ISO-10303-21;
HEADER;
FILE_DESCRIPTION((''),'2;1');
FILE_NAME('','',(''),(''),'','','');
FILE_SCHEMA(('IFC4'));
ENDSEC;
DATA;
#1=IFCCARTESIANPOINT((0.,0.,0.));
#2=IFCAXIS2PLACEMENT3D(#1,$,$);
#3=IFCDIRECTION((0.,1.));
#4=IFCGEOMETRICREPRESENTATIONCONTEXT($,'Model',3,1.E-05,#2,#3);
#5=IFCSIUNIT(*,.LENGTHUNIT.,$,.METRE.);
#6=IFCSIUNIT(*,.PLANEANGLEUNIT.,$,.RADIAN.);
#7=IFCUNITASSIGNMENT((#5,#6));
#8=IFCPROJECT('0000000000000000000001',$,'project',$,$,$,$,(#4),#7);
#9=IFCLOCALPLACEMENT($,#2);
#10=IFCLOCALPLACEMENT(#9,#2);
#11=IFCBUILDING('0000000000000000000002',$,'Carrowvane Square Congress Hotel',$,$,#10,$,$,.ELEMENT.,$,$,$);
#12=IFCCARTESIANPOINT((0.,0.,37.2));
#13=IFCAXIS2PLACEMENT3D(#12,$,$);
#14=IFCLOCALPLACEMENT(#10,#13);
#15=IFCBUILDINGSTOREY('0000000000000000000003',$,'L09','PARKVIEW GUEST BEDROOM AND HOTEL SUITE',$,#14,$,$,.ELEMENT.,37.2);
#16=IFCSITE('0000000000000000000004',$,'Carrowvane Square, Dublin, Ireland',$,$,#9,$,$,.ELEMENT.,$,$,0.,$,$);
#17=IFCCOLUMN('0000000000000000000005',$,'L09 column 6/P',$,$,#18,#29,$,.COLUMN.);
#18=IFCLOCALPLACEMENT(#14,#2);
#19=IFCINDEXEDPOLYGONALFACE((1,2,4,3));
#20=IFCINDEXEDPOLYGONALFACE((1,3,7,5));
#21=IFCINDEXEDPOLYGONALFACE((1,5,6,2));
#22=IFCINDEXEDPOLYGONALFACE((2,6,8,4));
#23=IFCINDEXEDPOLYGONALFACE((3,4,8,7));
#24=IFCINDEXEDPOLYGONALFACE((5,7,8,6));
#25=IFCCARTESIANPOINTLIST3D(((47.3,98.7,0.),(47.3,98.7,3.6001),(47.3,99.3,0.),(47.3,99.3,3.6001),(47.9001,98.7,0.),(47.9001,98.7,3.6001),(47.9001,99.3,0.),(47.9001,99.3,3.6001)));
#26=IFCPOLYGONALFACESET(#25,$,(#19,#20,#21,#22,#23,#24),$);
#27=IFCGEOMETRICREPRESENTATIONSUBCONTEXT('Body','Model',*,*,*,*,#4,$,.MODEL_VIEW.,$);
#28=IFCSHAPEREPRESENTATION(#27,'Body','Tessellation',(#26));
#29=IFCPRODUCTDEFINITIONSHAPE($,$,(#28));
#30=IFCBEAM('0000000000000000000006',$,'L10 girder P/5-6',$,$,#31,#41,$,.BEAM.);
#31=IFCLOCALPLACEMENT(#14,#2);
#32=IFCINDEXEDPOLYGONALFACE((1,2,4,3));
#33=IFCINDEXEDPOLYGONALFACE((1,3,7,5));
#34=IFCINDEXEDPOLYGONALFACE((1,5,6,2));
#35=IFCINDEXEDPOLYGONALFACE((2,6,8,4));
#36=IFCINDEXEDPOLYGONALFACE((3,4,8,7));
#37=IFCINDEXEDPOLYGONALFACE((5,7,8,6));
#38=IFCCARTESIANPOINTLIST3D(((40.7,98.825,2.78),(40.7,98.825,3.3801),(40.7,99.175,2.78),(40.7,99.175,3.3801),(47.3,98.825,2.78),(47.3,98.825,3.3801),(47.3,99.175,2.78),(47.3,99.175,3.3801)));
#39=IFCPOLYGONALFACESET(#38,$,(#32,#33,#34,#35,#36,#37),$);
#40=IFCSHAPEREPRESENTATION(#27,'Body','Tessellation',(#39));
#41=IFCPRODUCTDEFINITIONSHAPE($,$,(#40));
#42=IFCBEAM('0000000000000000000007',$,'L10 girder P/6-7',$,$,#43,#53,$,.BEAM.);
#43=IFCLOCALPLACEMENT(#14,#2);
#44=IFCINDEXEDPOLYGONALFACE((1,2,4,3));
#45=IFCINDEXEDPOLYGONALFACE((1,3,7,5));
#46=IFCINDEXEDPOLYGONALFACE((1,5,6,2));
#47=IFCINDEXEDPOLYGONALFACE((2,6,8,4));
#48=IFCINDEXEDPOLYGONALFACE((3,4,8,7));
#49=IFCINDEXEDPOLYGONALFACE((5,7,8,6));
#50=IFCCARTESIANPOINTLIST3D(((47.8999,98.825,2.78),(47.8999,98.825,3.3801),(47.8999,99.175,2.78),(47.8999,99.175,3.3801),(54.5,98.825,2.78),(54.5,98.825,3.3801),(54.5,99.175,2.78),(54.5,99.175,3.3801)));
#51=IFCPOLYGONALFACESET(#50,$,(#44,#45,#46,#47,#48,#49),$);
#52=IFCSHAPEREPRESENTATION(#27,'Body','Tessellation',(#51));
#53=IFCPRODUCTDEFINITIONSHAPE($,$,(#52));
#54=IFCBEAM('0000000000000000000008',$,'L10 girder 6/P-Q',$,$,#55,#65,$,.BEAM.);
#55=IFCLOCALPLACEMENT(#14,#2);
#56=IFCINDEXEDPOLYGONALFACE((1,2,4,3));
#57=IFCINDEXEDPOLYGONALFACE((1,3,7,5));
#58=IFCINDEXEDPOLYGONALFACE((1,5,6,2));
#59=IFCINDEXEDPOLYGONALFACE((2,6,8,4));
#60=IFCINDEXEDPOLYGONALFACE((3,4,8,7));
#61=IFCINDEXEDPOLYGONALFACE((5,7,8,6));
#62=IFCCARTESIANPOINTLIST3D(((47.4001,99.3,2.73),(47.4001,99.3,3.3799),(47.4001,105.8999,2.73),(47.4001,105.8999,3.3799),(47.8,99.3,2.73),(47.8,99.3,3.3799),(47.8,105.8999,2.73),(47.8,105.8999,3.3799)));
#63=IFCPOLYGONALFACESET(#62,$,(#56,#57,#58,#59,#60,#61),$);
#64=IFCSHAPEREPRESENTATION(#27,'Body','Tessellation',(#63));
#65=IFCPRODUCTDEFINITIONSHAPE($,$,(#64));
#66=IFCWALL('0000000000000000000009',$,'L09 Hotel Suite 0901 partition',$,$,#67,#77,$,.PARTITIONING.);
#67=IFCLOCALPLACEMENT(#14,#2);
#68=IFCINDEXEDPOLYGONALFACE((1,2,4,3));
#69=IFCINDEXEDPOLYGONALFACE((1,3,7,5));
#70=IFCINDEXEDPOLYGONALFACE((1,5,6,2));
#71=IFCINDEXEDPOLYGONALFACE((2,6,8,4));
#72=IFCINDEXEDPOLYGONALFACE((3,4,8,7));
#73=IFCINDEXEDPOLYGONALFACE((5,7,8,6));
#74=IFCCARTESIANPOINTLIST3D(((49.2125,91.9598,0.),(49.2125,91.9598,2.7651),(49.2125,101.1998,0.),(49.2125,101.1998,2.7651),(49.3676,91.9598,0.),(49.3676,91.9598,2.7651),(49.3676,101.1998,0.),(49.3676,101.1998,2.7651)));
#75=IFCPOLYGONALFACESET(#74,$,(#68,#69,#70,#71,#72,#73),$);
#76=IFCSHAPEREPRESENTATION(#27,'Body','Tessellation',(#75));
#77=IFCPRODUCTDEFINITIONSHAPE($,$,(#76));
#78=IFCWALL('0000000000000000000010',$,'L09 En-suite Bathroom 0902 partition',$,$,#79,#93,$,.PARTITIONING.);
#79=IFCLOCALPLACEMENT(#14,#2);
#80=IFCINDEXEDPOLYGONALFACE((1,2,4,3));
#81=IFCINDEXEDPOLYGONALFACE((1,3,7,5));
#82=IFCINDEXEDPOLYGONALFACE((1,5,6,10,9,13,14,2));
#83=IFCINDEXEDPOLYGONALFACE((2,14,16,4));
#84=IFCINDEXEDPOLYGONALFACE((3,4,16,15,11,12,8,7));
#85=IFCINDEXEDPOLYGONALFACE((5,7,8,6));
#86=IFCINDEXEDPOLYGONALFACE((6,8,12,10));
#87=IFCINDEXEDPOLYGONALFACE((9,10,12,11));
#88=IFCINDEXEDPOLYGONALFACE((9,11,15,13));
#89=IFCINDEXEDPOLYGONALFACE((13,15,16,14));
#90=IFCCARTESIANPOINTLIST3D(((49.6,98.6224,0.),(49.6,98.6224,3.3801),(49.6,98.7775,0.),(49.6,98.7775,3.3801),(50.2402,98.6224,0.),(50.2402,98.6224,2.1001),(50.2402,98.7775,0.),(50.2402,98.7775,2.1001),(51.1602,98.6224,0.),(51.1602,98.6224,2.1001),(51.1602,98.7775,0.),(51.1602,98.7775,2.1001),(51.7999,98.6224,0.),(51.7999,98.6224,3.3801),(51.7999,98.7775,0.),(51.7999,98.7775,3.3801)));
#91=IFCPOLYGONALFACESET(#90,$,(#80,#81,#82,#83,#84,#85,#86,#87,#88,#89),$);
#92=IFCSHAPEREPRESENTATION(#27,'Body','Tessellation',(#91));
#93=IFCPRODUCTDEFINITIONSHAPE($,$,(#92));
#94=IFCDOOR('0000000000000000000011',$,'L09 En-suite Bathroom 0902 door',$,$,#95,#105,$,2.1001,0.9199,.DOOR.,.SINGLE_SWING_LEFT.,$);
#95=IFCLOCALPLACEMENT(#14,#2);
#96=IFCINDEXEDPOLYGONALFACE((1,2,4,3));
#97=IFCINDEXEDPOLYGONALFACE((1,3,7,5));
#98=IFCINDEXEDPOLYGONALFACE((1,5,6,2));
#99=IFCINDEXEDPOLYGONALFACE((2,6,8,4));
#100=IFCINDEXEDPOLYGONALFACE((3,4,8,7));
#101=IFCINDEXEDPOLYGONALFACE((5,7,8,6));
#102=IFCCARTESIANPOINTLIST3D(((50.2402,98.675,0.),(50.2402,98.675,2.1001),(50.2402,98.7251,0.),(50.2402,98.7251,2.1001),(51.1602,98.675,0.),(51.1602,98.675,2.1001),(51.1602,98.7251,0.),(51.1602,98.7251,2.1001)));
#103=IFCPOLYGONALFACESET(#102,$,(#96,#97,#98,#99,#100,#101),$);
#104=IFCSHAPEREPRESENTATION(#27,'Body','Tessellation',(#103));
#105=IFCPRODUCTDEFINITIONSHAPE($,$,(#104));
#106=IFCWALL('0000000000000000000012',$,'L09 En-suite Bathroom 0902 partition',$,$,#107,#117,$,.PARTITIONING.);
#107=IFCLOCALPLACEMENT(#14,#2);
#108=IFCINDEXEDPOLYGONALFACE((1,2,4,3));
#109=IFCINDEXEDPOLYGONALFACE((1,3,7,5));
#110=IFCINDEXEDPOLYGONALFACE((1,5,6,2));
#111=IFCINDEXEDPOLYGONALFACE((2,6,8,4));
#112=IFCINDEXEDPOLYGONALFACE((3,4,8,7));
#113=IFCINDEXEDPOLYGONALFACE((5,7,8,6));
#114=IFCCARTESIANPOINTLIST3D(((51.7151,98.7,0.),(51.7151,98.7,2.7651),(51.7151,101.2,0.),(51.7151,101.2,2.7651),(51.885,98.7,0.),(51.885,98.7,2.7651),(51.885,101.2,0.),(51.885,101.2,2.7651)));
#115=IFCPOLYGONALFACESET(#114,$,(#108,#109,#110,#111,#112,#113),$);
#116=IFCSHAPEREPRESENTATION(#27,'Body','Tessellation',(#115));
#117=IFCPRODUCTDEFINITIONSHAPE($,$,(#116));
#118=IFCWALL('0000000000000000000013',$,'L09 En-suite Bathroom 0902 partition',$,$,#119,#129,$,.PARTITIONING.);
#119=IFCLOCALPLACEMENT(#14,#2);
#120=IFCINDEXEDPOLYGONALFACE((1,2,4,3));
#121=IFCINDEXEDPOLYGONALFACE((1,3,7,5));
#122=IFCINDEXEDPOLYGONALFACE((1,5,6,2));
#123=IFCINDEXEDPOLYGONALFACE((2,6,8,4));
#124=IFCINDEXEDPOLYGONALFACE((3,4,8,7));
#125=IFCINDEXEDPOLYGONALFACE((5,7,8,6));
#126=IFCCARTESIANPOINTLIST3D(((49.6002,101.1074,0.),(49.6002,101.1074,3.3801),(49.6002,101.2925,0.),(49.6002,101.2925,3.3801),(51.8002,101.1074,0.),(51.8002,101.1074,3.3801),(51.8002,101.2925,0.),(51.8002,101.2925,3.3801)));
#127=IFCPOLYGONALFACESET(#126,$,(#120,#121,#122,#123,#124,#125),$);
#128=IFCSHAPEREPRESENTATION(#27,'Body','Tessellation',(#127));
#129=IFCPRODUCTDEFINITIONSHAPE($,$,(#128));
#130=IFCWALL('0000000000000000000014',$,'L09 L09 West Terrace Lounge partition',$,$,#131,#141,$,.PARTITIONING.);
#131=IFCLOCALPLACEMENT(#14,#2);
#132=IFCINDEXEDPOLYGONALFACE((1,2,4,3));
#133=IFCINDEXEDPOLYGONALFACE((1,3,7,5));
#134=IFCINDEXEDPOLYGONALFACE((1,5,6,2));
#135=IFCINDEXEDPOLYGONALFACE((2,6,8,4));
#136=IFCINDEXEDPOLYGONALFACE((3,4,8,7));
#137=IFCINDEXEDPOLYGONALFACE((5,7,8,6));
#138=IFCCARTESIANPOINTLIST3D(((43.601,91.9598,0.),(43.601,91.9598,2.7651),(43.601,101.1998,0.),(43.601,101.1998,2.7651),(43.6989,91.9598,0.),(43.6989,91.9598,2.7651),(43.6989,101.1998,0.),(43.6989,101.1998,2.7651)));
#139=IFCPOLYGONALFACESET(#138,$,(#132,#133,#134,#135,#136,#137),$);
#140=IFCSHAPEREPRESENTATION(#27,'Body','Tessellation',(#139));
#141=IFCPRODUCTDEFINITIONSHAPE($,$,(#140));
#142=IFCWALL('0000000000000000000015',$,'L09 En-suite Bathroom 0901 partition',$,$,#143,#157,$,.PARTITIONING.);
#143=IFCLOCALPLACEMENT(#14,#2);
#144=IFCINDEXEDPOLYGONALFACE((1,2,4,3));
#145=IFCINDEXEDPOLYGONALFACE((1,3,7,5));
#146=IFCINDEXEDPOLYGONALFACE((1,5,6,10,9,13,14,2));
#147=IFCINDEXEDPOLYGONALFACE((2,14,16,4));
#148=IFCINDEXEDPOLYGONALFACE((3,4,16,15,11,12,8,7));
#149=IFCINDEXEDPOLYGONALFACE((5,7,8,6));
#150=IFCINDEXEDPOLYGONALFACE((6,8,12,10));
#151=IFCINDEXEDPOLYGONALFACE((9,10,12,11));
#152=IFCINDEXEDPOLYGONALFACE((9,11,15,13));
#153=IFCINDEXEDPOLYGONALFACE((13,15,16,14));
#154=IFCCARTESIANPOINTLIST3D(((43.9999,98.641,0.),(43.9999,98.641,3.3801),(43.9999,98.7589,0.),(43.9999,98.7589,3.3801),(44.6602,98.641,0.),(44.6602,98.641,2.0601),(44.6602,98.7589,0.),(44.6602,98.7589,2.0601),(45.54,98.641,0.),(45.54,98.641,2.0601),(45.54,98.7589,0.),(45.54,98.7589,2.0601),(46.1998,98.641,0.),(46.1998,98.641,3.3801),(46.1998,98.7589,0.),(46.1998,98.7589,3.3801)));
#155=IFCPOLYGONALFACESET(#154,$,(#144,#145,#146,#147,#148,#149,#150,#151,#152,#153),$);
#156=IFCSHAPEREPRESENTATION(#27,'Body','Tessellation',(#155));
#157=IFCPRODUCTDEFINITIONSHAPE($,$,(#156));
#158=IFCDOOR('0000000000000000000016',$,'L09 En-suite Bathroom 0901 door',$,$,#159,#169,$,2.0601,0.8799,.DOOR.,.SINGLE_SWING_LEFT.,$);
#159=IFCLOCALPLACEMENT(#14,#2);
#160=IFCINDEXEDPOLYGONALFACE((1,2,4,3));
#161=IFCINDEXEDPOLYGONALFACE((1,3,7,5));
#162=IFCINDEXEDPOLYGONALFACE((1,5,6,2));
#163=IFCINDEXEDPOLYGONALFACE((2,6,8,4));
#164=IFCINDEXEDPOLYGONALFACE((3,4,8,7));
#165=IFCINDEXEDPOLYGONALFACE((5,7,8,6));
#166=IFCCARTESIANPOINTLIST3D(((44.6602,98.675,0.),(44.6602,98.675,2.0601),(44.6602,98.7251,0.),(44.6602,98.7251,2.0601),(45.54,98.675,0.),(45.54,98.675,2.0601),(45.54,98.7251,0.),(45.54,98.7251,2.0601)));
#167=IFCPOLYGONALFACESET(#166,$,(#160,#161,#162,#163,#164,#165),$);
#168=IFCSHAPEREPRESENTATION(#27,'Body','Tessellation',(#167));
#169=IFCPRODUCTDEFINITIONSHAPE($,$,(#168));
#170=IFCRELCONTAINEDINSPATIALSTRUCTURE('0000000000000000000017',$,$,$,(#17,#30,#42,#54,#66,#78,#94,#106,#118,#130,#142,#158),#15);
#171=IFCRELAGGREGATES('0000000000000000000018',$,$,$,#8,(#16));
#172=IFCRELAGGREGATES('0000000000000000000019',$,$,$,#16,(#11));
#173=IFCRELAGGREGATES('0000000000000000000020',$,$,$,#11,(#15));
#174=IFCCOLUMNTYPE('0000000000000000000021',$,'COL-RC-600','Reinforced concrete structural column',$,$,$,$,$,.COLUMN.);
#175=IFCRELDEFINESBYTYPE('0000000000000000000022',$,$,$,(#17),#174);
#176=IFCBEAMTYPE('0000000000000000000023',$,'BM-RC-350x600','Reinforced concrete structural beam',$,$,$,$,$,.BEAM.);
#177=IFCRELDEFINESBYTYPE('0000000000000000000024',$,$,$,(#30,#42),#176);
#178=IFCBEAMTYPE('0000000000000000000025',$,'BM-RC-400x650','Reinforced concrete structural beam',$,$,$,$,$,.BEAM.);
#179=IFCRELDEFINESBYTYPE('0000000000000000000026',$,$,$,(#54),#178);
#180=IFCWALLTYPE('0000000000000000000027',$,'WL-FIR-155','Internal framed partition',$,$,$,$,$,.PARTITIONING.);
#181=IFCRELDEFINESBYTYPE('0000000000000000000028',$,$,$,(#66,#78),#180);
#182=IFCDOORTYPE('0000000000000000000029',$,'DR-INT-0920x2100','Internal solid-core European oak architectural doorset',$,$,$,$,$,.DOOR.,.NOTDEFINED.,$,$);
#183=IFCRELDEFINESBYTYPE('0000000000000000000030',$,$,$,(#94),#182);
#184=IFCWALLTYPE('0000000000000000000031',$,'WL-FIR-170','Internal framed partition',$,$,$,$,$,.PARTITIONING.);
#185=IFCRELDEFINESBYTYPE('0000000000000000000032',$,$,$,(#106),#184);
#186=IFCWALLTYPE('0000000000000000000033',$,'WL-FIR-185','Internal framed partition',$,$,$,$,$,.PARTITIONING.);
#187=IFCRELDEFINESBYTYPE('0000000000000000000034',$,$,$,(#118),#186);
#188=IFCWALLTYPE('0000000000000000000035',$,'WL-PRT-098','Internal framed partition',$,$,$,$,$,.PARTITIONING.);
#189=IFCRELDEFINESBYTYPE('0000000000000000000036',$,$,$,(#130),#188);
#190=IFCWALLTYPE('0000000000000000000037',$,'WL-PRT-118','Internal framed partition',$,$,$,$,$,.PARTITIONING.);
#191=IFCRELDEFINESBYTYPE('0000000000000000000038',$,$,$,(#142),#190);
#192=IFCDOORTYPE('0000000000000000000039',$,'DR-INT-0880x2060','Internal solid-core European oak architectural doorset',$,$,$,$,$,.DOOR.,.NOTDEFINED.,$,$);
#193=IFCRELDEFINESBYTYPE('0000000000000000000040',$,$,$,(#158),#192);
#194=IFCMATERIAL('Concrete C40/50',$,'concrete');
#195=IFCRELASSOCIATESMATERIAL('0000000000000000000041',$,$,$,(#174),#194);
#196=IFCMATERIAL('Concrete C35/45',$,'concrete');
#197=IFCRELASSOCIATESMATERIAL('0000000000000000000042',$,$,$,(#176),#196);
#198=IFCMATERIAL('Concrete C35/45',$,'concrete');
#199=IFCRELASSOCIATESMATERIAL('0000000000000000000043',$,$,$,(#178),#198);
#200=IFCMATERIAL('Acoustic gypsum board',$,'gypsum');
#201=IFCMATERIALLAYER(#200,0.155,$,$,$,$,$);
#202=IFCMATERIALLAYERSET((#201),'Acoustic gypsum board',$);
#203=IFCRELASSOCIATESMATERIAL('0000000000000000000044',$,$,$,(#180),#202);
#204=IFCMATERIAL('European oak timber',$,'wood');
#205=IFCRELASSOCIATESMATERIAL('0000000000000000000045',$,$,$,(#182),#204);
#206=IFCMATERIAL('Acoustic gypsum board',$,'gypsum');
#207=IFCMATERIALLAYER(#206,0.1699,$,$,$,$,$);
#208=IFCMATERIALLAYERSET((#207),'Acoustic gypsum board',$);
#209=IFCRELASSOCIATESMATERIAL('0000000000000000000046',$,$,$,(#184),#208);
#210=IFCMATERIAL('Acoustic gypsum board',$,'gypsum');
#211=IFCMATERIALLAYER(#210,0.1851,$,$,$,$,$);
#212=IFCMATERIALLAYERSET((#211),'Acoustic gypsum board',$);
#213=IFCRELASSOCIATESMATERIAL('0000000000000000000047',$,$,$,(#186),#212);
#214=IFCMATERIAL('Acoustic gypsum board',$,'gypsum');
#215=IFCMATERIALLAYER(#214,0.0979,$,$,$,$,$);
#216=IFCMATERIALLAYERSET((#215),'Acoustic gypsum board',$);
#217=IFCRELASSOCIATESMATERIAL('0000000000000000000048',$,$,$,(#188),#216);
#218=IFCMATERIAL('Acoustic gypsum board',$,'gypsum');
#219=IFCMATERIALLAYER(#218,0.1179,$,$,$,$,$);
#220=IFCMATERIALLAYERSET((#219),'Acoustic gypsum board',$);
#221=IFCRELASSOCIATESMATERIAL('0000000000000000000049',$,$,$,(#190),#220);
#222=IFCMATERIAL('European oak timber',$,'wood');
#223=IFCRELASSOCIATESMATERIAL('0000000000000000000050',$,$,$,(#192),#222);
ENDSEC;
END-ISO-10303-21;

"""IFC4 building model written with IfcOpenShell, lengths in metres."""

from ifc_helpers import new_model, si_unit, direction, frame, frame_2d, origin, origin_2d, place, context, subcontext, project, spatial, rectangle, extrude, material, layer, layer_set, material_profile, profile_set, type_object, element, fill, save


model = new_model("IFC4")

# Units and contexts
model_context = context("Model", 3, precision=1e-05, world=origin(), true_north=direction((0.0, 1.0)))
body_context = subcontext(model_context, "Body", "Model", "MODEL_VIEW")
ifc_project = project(units=[si_unit("LENGTHUNIT", "METRE"), si_unit("PLANEANGLEUNIT", "RADIAN")], contexts=[model_context])

# Site, building, storey
site_placement = place(None, origin())
site = spatial("IfcSite", under=ifc_project, at=site_placement, Name="Carrowvane Square, Dublin, Ireland", CompositionType="ELEMENT", RefElevation=0.0)
building_placement = place(site_placement, origin())
building = spatial("IfcBuilding", under=site, at=building_placement, Name="Carrowvane Square Congress Hotel", CompositionType="ELEMENT")
storey_placement = place(building_placement, frame((0.0, 0.0, 37.2)))
storey = spatial("IfcBuildingStorey", under=building, at=storey_placement, Name="L09", Description="PARKVIEW GUEST BEDROOM AND HOTEL SUITE", CompositionType="ELEMENT", Elevation=37.2)

# Column
ifc_material_1 = material(Name="Concrete C40/50", Category="concrete")
ifc_material_profile_1 = material_profile(ifc_material_1, rectangle(XDim=0.6001, YDim=0.6001, at=origin_2d()), Name="RC 600x600")
ifc_profile_set_1 = profile_set([ifc_material_profile_1], Name="Concrete C40/50")
column_type = type_object("IfcColumnType", Name="COL-RC-600", Description="Reinforced concrete structural column", PredefinedType="COLUMN", material=ifc_profile_set_1)
column_placement = place(storey_placement, frame((47.6001, 99.0, 0.0), z_axis=(0.0, 0.0, 1.0), x_axis=(1.0, 0.0, 0.0)))
element("IfcColumn", 1, at=column_placement, inside=storey, type_object=column_type, Name="L09 column 6/P", PredefinedType="COLUMN", context=body_context, shape_type="SweptSolid", body=[
    extrude(rectangle(XDim=0.6001, YDim=0.6001, at=origin_2d()), origin(), (0.0, 0.0, 1.0), 3.6001),
])

# Beams
ifc_material_2 = material(Name="Concrete C35/45", Category="concrete")
ifc_material_profile_2 = material_profile(ifc_material_2, rectangle(XDim=0.3501, YDim=0.6001, at=origin_2d()), Name="RC 350x600")
ifc_profile_set_2 = profile_set([ifc_material_profile_2], Name="Concrete C35/45")
beam_type_1 = type_object("IfcBeamType", Name="BM-RC-350x600", Description="Reinforced concrete structural beam", PredefinedType="BEAM", material=ifc_profile_set_2)
for number, where, z_axis, x_axis, name in (
    (2, (40.7, 99.0, 3.0801), (1.0, 0.0, 0.0), (0.0, 1.0, 0.0), "L10 girder P/5-6"),
    (3, (47.8999, 99.0, 3.0801), (1.0, 0.0, 0.0), (0.0, 1.0, 0.0), "L10 girder P/6-7"),
):
    element("IfcBeam", number, at=place(storey_placement, frame(where, z_axis=z_axis, x_axis=x_axis)), inside=storey, type_object=beam_type_1, Name=name, PredefinedType="BEAM", context=body_context, shape_type="SweptSolid", body=[
        extrude(rectangle(XDim=0.3501, YDim=0.6001, at=origin_2d()), origin(), (0.0, 0.0, 1.0), 6.6001),
    ])
ifc_material_3 = material(Name="Concrete C35/45", Category="concrete")
ifc_material_profile_3 = material_profile(ifc_material_3, rectangle(XDim=0.3999, YDim=0.6499, at=origin_2d()), Name="RC 400x650")
ifc_profile_set_3 = profile_set([ifc_material_profile_3], Name="Concrete C35/45")
beam_type_2 = type_object("IfcBeamType", Name="BM-RC-400x650", Description="Reinforced concrete structural beam", PredefinedType="BEAM", material=ifc_profile_set_3)
beam_placement = place(storey_placement, frame((47.6001, 99.3, 3.0549), z_axis=(0.0, 1.0, 0.0), x_axis=(-1.0, 0.0, 0.0)))
element("IfcBeam", 4, at=beam_placement, inside=storey, type_object=beam_type_2, Name="L10 girder 6/P-Q", PredefinedType="BEAM", context=body_context, shape_type="SweptSolid", body=[
    extrude(rectangle(XDim=0.3999, YDim=0.6499, at=origin_2d()), origin(), (0.0, 0.0, 1.0), 6.5999),
])

# Wall
ifc_material_4 = material(Name="Acoustic gypsum board", Category="gypsum")
ifc_layer_1 = layer(ifc_material_4, 0.155)
ifc_layer_set_1 = layer_set([ifc_layer_1], Name="Acoustic gypsum board")
wall_type_1 = type_object("IfcWallType", Name="WL-FIR-155", Description="Internal framed partition", PredefinedType="PARTITIONING", material=ifc_layer_set_1)
wall_1_placement = place(storey_placement, frame((49.29, 101.2, 0.0), z_axis=(0.0, 0.0, 1.0), x_axis=(0.0, -1.0, 0.0)))
element("IfcWall", 5, at=wall_1_placement, inside=storey, type_object=wall_type_1, Name="L09 Hotel Suite 0901 partition", PredefinedType="PARTITIONING", context=body_context, shape_type="SweptSolid", body=[
    extrude(rectangle(XDim=9.24, YDim=0.155, at=frame_2d((4.6201, 0.0))), origin(), (0.0, 0.0, 1.0), 2.7651),
])

# Wall, opening, door
wall_2_placement = place(storey_placement, frame((51.8, 98.7, 0.0), z_axis=(0.0, 0.0, 1.0), x_axis=(-1.0, 0.0, 0.0)))
wall_2 = element("IfcWall", 6, at=wall_2_placement, inside=storey, type_object=wall_type_1, Name="L09 En-suite Bathroom 0902 partition", PredefinedType="PARTITIONING", context=body_context, shape_type="SweptSolid", body=[
    extrude(rectangle(XDim=2.2, YDim=0.155, at=frame_2d((1.1001, 0.0))), origin(), (0.0, 0.0, 1.0), 3.3801),
])
opening_1_placement = place(wall_2_placement, frame((0.6399, 0.0, 0.0)))
opening_1 = element("IfcOpeningElement", 7, at=opening_1_placement, cuts=wall_2, PredefinedType="OPENING", context=body_context, shape_type="SweptSolid", body=[
    extrude(rectangle(XDim=0.9199, YDim=2.1001, at=frame_2d((0.46, 1.05))), frame((0.0, 0.0874, 0.0), z_axis=(0.0, -1.0, 0.0), x_axis=(1.0, 0.0, 0.0)), (0.0, 0.0, 1.0), 0.175),
])
ifc_material_5 = material(Name="European oak timber", Category="wood")
door_type_1 = type_object("IfcDoorType", Name="DR-INT-0920x2100", Description="Internal solid-core European oak architectural doorset", OperationType="NOTDEFINED", PredefinedType="DOOR", material=ifc_material_5)
door_1_placement = place(opening_1_placement, origin())
door_1 = element("IfcDoor", 8, at=door_1_placement, inside=storey, type_object=door_type_1, Name="L09 En-suite Bathroom 0902 door", OperationType="SINGLE_SWING_LEFT", OverallHeight=2.1001, OverallWidth=0.9199, PredefinedType="DOOR", context=body_context, shape_type="SweptSolid", body=[
    extrude(rectangle(XDim=0.9199, YDim=2.1001, at=frame_2d((0.46, 1.05))), frame((0.0, 0.0249, 0.0), z_axis=(0.0, -1.0, 0.0), x_axis=(1.0, 0.0, 0.0)), (0.0, 0.0, 1.0), 0.05),
])
fill(opening_1, door_1)

# Walls
ifc_material_6 = material(Name="Acoustic gypsum board", Category="gypsum")
ifc_layer_2 = layer(ifc_material_6, 0.1699)
ifc_layer_set_2 = layer_set([ifc_layer_2], Name="Acoustic gypsum board")
wall_type_2 = type_object("IfcWallType", Name="WL-FIR-170", Description="Internal framed partition", PredefinedType="PARTITIONING", material=ifc_layer_set_2)
wall_3_placement = place(storey_placement, frame((51.8, 101.2, 0.0), z_axis=(0.0, 0.0, 1.0), x_axis=(0.0, -1.0, 0.0)))
element("IfcWall", 9, at=wall_3_placement, inside=storey, type_object=wall_type_2, Name="L09 En-suite Bathroom 0902 partition", PredefinedType="PARTITIONING", context=body_context, shape_type="SweptSolid", body=[
    extrude(rectangle(XDim=2.5, YDim=0.1699, at=frame_2d((1.25, 0.0))), origin(), (0.0, 0.0, 1.0), 2.7651),
])
ifc_material_7 = material(Name="Acoustic gypsum board", Category="gypsum")
ifc_layer_3 = layer(ifc_material_7, 0.1851)
ifc_layer_set_3 = layer_set([ifc_layer_3], Name="Acoustic gypsum board")
wall_type_3 = type_object("IfcWallType", Name="WL-FIR-185", Description="Internal framed partition", PredefinedType="PARTITIONING", material=ifc_layer_set_3)
wall_4_placement = place(storey_placement, frame((49.6001, 101.2, 0.0), z_axis=(0.0, 0.0, 1.0), x_axis=(1.0, 0.0, 0.0)))
element("IfcWall", 10, at=wall_4_placement, inside=storey, type_object=wall_type_3, Name="L09 En-suite Bathroom 0902 partition", PredefinedType="PARTITIONING", context=body_context, shape_type="SweptSolid", body=[
    extrude(rectangle(XDim=2.2, YDim=0.1851, at=frame_2d((1.1001, 0.0))), origin(), (0.0, 0.0, 1.0), 3.3801),
])
ifc_material_8 = material(Name="Acoustic gypsum board", Category="gypsum")
ifc_layer_4 = layer(ifc_material_8, 0.0979)
ifc_layer_set_4 = layer_set([ifc_layer_4], Name="Acoustic gypsum board")
wall_type_4 = type_object("IfcWallType", Name="WL-PRT-098", Description="Internal framed partition", PredefinedType="PARTITIONING", material=ifc_layer_set_4)
wall_5_placement = place(storey_placement, frame((43.6499, 101.2, 0.0), z_axis=(0.0, 0.0, 1.0), x_axis=(0.0, -1.0, 0.0)))
element("IfcWall", 11, at=wall_5_placement, inside=storey, type_object=wall_type_4, Name="L09 L09 West Terrace Lounge partition", PredefinedType="PARTITIONING", context=body_context, shape_type="SweptSolid", body=[
    extrude(rectangle(XDim=9.24, YDim=0.0979, at=frame_2d((4.6201, 0.0))), origin(), (0.0, 0.0, 1.0), 2.7651),
])

# Wall, opening, door
ifc_material_9 = material(Name="Acoustic gypsum board", Category="gypsum")
ifc_layer_5 = layer(ifc_material_9, 0.1179)
ifc_layer_set_5 = layer_set([ifc_layer_5], Name="Acoustic gypsum board")
wall_type_5 = type_object("IfcWallType", Name="WL-PRT-118", Description="Internal framed partition", PredefinedType="PARTITIONING", material=ifc_layer_set_5)
wall_6_placement = place(storey_placement, frame((46.2, 98.7, 0.0), z_axis=(0.0, 0.0, 1.0), x_axis=(-1.0, 0.0, 0.0)))
wall_6 = element("IfcWall", 12, at=wall_6_placement, inside=storey, type_object=wall_type_5, Name="L09 En-suite Bathroom 0901 partition", PredefinedType="PARTITIONING", context=body_context, shape_type="SweptSolid", body=[
    extrude(rectangle(XDim=2.2, YDim=0.1179, at=frame_2d((1.1001, 0.0))), origin(), (0.0, 0.0, 1.0), 3.3801),
])
opening_2_placement = place(wall_6_placement, frame((0.6599, 0.0, 0.0)))
opening_2 = element("IfcOpeningElement", 13, at=opening_2_placement, cuts=wall_6, PredefinedType="OPENING", context=body_context, shape_type="SweptSolid", body=[
    extrude(rectangle(XDim=0.8799, YDim=2.0601, at=frame_2d((0.4399, 1.03))), frame((0.0, 0.0688, 0.0), z_axis=(0.0, -1.0, 0.0), x_axis=(1.0, 0.0, 0.0)), (0.0, 0.0, 1.0), 0.1379),
])
ifc_material_10 = material(Name="European oak timber", Category="wood")
door_type_2 = type_object("IfcDoorType", Name="DR-INT-0880x2060", Description="Internal solid-core European oak architectural doorset", OperationType="NOTDEFINED", PredefinedType="DOOR", material=ifc_material_10)
door_2_placement = place(opening_2_placement, origin())
door_2 = element("IfcDoor", 14, at=door_2_placement, inside=storey, type_object=door_type_2, Name="L09 En-suite Bathroom 0901 door", OperationType="SINGLE_SWING_LEFT", OverallHeight=2.0601, OverallWidth=0.8799, PredefinedType="DOOR", context=body_context, shape_type="SweptSolid", body=[
    extrude(rectangle(XDim=0.8799, YDim=2.0601, at=frame_2d((0.4399, 1.03))), frame((0.0, 0.0249, 0.0), z_axis=(0.0, -1.0, 0.0), x_axis=(1.0, 0.0, 0.0)), (0.0, 0.0, 1.0), 0.05),
])
fill(opening_2, door_2)

save(model, "model.ifc")
